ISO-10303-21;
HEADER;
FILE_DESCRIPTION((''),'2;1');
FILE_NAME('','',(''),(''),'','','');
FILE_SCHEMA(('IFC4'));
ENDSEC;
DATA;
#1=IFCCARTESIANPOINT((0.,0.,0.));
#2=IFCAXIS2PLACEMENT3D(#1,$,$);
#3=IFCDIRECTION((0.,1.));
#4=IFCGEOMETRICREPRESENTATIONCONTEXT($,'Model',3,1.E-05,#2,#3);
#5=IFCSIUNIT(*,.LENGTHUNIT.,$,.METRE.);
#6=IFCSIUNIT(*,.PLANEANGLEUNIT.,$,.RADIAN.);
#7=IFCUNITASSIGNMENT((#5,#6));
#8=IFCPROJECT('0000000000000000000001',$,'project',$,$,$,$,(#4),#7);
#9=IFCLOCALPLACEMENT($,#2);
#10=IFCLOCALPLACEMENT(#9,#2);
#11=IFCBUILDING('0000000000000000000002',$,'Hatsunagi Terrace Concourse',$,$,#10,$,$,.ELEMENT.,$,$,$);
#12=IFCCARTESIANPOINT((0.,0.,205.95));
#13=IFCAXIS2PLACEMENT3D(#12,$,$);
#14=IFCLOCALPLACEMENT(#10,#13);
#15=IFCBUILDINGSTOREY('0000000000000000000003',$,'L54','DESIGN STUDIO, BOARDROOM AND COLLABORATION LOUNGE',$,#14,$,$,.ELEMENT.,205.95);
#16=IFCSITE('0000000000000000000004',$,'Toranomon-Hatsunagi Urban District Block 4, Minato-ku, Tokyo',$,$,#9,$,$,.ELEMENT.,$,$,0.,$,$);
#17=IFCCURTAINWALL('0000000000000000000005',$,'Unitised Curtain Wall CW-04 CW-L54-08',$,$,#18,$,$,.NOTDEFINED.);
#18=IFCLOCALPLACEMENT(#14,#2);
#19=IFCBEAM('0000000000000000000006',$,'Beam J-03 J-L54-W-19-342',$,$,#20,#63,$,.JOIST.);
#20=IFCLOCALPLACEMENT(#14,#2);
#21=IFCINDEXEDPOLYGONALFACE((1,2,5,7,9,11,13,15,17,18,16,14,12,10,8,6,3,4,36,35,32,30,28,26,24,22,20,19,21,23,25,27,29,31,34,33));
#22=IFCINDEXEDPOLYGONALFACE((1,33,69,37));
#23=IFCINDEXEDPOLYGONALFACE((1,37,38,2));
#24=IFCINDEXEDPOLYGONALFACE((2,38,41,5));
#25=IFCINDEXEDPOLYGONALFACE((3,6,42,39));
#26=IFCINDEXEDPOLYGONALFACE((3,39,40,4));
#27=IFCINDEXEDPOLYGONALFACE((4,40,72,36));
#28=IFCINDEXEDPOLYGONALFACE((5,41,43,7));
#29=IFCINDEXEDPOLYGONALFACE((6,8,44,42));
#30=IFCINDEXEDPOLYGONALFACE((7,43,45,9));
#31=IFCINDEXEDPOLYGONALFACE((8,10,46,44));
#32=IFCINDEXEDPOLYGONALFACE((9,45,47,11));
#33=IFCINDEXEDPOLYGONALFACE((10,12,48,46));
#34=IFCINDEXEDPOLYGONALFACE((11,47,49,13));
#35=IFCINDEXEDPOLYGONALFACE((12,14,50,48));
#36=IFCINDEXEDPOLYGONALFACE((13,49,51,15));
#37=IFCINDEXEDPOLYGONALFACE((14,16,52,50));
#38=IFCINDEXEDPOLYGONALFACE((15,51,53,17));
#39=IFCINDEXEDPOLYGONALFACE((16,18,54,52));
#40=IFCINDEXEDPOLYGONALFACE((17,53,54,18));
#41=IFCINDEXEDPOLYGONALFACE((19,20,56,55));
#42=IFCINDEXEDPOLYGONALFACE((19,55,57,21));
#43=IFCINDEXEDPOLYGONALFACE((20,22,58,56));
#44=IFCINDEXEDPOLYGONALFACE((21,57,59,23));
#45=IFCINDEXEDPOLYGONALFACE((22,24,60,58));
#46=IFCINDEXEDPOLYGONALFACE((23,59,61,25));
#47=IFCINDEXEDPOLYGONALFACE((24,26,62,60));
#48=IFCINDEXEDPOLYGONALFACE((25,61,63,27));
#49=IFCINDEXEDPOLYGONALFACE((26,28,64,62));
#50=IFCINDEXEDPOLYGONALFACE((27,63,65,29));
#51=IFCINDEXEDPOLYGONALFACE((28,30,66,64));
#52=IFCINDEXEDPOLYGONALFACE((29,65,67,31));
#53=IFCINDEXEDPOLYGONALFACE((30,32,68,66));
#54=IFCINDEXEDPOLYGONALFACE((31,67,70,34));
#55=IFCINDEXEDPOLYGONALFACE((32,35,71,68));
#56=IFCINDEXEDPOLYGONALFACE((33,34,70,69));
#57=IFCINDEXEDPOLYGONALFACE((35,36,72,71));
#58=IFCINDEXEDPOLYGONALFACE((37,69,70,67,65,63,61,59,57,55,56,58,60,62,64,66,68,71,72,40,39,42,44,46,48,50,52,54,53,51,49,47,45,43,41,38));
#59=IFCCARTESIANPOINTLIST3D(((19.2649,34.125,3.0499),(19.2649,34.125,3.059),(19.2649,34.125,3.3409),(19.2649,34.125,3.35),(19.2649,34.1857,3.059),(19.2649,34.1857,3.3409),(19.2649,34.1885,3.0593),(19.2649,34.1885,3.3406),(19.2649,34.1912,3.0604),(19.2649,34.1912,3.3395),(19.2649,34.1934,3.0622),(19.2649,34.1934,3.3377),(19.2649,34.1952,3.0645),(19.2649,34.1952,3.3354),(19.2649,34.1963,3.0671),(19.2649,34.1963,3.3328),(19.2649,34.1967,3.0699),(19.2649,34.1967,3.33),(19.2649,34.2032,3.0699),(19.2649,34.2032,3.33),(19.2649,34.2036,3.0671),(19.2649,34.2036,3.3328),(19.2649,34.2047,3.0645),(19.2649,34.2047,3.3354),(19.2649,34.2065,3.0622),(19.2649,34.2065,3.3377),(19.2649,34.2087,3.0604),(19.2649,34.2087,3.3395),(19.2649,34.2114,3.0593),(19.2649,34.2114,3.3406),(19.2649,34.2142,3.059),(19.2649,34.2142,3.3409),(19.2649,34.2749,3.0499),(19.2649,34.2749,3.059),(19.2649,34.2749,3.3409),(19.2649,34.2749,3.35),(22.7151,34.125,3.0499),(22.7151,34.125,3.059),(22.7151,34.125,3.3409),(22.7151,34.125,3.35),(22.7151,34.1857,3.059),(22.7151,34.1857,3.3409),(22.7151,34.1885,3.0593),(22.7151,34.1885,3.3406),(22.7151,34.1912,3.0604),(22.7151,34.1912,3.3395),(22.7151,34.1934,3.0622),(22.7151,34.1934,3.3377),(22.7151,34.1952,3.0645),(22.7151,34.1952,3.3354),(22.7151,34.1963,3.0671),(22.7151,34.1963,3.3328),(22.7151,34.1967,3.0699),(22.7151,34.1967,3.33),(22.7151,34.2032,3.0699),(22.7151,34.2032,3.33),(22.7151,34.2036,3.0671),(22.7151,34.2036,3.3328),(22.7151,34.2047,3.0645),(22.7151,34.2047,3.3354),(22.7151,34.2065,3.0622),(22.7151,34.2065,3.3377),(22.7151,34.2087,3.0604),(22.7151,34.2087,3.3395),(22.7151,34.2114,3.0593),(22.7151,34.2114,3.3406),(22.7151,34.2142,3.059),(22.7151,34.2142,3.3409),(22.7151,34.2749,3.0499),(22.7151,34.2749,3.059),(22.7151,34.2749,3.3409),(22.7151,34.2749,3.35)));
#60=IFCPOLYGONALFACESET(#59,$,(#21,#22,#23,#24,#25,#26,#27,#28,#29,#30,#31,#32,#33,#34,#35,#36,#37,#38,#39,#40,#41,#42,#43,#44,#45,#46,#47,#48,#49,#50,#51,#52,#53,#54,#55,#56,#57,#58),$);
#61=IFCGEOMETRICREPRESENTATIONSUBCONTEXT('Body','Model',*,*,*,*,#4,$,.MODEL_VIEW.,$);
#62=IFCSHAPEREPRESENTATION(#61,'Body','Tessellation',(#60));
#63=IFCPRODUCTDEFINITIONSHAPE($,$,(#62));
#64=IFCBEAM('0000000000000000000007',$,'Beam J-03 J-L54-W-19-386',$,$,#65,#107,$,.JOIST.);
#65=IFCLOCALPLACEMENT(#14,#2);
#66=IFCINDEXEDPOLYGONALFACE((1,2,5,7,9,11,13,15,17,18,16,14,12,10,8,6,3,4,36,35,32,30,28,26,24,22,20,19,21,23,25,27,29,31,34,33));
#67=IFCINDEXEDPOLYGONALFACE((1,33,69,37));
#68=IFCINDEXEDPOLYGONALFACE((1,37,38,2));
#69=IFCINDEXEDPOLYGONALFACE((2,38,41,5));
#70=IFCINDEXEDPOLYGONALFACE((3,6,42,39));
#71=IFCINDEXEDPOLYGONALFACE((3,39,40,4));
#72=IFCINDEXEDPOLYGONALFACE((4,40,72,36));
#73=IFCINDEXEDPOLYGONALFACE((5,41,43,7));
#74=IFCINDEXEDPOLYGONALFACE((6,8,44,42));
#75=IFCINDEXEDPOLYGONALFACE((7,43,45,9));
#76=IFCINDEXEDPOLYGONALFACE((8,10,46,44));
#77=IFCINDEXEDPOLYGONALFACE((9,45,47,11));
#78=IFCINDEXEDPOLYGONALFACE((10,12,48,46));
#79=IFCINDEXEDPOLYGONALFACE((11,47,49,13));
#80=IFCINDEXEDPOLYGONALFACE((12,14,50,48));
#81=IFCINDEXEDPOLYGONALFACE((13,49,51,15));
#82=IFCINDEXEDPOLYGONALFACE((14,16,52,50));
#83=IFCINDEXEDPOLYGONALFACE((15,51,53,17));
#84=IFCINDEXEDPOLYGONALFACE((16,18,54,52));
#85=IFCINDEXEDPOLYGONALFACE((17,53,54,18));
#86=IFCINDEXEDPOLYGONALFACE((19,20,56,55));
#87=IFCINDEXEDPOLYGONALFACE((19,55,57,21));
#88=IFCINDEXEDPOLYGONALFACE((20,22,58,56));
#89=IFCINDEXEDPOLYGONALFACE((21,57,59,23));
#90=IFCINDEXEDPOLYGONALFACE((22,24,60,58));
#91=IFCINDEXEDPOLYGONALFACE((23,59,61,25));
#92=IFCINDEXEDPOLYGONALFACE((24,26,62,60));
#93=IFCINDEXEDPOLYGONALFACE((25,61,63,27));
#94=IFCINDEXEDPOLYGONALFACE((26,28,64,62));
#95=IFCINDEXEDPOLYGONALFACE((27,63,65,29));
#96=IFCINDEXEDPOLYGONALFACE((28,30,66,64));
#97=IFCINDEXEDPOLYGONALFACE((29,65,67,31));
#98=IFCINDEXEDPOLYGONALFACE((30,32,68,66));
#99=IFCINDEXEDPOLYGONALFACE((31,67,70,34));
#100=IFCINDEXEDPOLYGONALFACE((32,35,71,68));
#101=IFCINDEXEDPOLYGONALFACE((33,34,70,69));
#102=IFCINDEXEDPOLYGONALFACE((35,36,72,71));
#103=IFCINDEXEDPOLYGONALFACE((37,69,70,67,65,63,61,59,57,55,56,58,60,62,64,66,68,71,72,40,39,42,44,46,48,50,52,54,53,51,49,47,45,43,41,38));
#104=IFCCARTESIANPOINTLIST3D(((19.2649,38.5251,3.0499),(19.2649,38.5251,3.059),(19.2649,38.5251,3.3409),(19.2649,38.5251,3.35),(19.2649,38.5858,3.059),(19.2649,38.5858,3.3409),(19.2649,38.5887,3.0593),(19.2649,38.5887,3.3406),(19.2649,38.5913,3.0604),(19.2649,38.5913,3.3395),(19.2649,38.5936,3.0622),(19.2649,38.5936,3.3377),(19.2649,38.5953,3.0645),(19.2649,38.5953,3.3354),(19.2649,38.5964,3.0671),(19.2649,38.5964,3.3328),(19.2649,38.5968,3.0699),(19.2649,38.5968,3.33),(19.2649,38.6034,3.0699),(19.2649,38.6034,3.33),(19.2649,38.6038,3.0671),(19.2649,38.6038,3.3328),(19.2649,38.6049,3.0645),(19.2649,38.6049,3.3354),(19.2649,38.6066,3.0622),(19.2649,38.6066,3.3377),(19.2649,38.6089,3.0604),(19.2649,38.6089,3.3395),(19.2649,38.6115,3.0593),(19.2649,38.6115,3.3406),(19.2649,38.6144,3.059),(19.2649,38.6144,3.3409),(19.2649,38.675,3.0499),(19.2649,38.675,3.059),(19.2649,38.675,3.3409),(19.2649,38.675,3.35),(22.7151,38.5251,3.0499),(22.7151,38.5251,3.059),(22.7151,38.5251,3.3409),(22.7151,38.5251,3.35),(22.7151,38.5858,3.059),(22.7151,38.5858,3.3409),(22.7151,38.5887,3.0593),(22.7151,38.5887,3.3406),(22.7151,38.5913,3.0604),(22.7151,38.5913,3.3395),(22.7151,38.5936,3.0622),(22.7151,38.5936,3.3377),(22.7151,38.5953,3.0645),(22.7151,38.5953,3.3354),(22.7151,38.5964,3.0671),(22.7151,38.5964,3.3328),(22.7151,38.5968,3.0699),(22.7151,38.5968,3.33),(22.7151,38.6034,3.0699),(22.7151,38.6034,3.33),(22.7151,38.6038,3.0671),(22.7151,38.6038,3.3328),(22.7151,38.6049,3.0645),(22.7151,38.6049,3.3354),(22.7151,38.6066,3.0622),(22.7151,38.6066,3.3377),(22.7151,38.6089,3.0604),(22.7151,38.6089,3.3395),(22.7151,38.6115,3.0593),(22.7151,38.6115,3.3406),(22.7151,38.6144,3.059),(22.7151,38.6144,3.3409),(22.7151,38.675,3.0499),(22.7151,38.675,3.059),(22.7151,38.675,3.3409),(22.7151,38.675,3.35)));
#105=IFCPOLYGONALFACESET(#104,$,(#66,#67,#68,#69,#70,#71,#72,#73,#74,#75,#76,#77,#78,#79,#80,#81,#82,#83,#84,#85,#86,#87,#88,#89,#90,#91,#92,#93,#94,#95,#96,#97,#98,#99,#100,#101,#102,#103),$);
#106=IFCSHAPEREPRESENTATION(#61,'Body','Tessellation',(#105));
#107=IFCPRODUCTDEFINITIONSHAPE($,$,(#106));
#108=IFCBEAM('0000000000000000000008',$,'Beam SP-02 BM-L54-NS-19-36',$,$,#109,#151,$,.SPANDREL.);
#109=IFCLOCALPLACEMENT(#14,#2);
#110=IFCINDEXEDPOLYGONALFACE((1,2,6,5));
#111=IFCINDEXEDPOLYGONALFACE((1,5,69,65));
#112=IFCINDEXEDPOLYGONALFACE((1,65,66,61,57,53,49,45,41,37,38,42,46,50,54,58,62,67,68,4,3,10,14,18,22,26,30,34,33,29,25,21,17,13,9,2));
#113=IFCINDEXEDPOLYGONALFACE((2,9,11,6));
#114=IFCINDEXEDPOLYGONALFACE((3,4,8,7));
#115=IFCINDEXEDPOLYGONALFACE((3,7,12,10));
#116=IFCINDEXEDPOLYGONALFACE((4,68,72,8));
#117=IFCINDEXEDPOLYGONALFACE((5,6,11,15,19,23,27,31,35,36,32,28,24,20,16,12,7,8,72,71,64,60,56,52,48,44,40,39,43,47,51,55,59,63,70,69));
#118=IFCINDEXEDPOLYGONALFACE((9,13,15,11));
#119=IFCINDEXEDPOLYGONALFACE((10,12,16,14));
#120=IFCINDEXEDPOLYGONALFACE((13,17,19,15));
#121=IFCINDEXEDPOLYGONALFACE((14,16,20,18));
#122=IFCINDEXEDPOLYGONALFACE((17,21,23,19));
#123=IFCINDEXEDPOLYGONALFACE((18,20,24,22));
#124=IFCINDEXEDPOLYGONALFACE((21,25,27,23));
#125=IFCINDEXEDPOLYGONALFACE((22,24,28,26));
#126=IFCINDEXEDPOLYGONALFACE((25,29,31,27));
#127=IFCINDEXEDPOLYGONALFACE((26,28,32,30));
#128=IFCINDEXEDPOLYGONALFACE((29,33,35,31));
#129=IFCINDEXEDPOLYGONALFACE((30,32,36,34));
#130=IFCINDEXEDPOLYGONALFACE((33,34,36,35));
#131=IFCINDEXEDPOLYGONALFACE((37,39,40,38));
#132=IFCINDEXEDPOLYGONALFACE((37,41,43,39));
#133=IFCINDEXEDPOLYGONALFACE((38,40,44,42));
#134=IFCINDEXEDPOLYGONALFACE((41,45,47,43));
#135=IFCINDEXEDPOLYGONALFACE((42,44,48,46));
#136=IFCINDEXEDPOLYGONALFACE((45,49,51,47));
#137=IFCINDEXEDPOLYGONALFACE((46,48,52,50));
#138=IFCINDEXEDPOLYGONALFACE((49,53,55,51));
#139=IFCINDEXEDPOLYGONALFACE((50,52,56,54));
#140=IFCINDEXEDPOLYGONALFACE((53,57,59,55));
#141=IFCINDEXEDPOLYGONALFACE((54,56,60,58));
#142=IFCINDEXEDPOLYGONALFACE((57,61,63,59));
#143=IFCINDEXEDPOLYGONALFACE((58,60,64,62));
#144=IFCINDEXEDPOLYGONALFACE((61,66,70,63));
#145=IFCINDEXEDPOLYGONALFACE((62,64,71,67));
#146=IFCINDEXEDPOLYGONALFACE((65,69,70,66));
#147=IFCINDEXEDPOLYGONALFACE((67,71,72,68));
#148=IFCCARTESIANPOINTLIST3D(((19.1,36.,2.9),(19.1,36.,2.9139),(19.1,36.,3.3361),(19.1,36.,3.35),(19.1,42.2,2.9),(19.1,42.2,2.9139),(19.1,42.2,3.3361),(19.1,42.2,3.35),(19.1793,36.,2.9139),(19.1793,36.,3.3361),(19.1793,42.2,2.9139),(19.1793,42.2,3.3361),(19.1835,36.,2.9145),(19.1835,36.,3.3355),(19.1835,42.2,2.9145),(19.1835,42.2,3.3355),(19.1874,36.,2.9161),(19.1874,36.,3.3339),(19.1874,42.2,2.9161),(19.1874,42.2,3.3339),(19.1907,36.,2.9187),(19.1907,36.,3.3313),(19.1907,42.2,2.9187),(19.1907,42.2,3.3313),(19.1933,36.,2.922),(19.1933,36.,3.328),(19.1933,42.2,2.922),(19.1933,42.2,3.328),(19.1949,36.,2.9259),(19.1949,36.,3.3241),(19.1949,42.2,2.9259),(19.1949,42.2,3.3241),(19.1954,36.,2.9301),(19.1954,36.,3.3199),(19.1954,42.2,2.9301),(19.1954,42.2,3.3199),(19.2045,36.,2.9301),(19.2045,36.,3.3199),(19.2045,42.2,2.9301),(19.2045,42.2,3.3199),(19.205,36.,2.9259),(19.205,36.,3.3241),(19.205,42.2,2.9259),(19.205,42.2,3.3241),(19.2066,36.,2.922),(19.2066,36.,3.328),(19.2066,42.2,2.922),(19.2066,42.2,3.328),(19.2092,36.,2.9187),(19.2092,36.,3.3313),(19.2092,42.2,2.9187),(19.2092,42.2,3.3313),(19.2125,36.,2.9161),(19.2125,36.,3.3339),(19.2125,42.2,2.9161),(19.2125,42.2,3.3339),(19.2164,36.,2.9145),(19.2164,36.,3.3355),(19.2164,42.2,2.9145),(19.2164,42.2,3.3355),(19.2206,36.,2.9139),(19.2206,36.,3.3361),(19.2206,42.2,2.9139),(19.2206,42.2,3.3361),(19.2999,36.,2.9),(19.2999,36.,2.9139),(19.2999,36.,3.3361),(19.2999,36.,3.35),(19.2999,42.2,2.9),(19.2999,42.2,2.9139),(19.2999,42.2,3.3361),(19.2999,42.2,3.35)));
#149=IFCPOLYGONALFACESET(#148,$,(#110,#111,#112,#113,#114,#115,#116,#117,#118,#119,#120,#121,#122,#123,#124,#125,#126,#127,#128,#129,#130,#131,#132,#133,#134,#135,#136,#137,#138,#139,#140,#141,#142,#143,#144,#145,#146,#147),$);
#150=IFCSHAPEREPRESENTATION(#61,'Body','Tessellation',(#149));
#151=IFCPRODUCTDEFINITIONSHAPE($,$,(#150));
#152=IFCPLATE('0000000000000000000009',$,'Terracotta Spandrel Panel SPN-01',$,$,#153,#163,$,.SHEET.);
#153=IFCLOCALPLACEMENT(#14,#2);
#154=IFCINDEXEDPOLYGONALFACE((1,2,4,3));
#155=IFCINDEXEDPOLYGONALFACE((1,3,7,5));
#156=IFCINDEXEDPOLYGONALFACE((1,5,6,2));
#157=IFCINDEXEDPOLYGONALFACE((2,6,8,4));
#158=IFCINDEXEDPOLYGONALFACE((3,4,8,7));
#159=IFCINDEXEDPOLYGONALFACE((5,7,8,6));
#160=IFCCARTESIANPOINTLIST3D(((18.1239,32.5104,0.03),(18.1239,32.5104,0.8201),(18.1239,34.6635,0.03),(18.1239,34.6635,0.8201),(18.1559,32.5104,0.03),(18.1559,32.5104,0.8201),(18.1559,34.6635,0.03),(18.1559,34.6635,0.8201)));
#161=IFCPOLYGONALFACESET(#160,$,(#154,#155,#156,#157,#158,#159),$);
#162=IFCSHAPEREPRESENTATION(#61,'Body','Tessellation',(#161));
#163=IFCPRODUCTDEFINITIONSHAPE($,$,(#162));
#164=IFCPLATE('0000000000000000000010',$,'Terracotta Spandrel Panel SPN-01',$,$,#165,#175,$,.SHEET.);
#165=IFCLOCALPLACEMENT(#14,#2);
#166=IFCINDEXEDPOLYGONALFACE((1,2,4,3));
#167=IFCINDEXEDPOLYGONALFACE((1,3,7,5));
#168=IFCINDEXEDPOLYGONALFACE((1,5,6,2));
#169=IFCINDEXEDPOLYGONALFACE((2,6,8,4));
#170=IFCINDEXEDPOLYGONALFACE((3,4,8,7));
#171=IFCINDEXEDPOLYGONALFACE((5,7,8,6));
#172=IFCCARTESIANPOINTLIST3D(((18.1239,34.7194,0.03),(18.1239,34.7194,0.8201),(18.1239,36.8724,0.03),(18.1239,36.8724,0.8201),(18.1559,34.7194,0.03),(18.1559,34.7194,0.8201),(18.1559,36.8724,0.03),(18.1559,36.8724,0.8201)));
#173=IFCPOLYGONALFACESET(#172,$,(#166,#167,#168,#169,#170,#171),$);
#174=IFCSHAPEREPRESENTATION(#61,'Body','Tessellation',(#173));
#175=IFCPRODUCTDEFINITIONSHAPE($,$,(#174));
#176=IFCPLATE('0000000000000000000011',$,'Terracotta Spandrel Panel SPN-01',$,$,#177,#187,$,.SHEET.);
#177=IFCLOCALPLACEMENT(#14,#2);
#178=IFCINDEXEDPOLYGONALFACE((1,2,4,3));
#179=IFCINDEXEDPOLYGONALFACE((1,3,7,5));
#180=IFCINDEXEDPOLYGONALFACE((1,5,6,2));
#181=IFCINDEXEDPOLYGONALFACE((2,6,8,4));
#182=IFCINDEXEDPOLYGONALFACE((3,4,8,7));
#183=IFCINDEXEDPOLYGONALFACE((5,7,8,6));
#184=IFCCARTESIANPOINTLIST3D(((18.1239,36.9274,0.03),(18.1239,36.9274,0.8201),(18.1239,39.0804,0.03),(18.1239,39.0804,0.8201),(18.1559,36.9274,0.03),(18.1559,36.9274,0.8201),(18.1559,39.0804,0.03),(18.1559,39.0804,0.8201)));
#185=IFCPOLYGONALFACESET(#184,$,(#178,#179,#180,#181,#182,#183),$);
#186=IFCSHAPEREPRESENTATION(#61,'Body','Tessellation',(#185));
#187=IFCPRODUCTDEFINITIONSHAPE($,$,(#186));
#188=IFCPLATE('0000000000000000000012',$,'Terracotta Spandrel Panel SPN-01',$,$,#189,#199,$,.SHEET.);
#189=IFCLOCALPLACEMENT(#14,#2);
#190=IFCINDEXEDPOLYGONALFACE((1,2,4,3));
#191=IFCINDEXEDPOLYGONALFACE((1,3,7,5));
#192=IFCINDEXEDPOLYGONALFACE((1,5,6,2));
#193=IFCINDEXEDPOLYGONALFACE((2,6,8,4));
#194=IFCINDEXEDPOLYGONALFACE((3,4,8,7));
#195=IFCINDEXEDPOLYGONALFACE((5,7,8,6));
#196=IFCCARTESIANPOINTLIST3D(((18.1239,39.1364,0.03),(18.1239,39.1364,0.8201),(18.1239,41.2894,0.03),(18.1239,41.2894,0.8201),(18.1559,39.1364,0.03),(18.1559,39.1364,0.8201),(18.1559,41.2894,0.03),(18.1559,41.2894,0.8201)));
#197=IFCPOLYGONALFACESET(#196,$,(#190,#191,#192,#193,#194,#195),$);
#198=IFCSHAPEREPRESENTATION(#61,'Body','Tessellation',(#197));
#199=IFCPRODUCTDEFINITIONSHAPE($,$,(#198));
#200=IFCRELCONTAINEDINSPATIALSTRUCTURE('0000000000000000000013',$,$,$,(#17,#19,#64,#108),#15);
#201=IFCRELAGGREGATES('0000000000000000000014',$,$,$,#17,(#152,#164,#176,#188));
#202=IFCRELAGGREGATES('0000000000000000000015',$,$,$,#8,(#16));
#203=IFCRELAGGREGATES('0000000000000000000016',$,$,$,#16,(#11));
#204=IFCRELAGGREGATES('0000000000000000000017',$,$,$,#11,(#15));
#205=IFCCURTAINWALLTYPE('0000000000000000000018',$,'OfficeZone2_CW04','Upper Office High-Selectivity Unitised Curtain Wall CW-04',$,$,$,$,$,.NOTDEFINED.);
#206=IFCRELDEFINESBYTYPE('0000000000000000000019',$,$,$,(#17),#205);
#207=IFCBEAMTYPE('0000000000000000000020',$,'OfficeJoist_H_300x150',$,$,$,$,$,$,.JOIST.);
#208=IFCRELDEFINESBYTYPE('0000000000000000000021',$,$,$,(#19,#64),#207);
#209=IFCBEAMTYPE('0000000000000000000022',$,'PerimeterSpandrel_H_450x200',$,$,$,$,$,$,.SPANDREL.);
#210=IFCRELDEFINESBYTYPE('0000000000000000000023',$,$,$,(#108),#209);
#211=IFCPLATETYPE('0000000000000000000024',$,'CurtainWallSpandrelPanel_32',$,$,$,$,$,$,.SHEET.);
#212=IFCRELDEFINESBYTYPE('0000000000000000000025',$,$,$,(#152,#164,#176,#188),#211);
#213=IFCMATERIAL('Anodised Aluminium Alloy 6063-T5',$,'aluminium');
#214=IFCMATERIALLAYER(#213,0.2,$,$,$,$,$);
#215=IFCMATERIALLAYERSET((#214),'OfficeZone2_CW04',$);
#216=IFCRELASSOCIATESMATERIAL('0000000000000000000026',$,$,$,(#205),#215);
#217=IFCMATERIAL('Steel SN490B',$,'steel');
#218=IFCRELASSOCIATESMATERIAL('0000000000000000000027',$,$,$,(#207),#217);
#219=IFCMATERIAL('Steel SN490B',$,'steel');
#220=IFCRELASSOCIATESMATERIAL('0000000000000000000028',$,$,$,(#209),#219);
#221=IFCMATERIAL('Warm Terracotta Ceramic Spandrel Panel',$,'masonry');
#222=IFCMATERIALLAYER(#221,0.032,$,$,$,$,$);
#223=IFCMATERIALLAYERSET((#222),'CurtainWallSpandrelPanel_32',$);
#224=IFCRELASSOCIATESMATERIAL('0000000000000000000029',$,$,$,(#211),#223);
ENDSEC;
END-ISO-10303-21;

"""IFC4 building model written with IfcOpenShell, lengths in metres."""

from ifc_helpers import new_model, si_unit, direction, frame, origin, origin_2d, place, context, subcontext, project, spatial, rectangle, i_section, extrude, material, layer, layer_set, material_profile, profile_set, type_object, element, aggregate, save


model = new_model("IFC4")

# Units and contexts
model_context = context("Model", 3, precision=1e-05, world=origin(), true_north=direction((0.0, 1.0)))
body_context = subcontext(model_context, "Body", "Model", "MODEL_VIEW")
ifc_project = project(units=[si_unit("LENGTHUNIT", "METRE"), si_unit("PLANEANGLEUNIT", "RADIAN")], contexts=[model_context])

# Site, building, storey
site_placement = place(None, origin())
site = spatial("IfcSite", under=ifc_project, at=site_placement, Name="Toranomon-Hatsunagi Urban District Block 4, Minato-ku, Tokyo", CompositionType="ELEMENT", RefElevation=0.0)
building_placement = place(site_placement, origin())
building = spatial("IfcBuilding", under=site, at=building_placement, Name="Hatsunagi Terrace Concourse", CompositionType="ELEMENT")
storey_placement = place(building_placement, frame((0.0, 0.0, 205.95)))
storey = spatial("IfcBuildingStorey", under=building, at=storey_placement, Name="L54", Description="DESIGN STUDIO, BOARDROOM AND COLLABORATION LOUNGE", CompositionType="ELEMENT", Elevation=205.95)

# Curtain wall
ifc_material_1 = material(Name="Anodised Aluminium Alloy 6063-T5", Category="aluminium")
ifc_layer_1 = layer(ifc_material_1, 0.2)
ifc_layer_set_1 = layer_set([ifc_layer_1], Name="OfficeZone2_CW04")
curtain_wall_type = type_object("IfcCurtainWallType", Name="OfficeZone2_CW04", Description="Upper Office High-Selectivity Unitised Curtain Wall CW-04", PredefinedType="NOTDEFINED", material=ifc_layer_set_1)
curtain_wall_placement = place(storey_placement, origin())
curtain_wall = element("IfcCurtainWall", 1, at=curtain_wall_placement, inside=storey, type_object=curtain_wall_type, Name="Unitised Curtain Wall CW-04 CW-L54-08", PredefinedType="NOTDEFINED")

# Beams
ifc_material_2 = material(Name="Steel SN490B", Category="steel")
ifc_material_profile_1 = material_profile(ifc_material_2, i_section(OverallWidth=0.1499, OverallDepth=0.3, WebThickness=0.0066, FlangeThickness=0.009, FilletRadius=0.011, at=origin_2d()), Name="H-300x150x6.5x9")
ifc_profile_set_1 = profile_set([ifc_material_profile_1], Name="Steel SN490B")
beam_type_1 = type_object("IfcBeamType", Name="OfficeJoist_H_300x150", PredefinedType="JOIST", material=ifc_profile_set_1)
for number, where, z_axis, x_axis, name in (
    (2, (19.2649, 34.2, 3.2), (1.0, 0.0, 0.0), (0.0, 1.0, 0.0), "Beam J-03 J-L54-W-19-342"),
    (3, (19.2649, 38.6001, 3.2), (1.0, 0.0, 0.0), (0.0, 1.0, 0.0), "Beam J-03 J-L54-W-19-386"),
):
    element("IfcBeam", number, at=place(storey_placement, frame(where, z_axis=z_axis, x_axis=x_axis)), inside=storey, type_object=beam_type_1, Name=name, PredefinedType="JOIST", context=body_context, shape_type="SweptSolid", body=[
        extrude(i_section(OverallWidth=0.1499, OverallDepth=0.3, WebThickness=0.0066, FlangeThickness=0.009, FilletRadius=0.011, at=origin_2d()), origin(), (0.0, 0.0, 1.0), 3.4502),
    ])
ifc_material_3 = material(Name="Steel SN490B", Category="steel")
ifc_material_profile_2 = material_profile(ifc_material_3, i_section(OverallWidth=0.2, OverallDepth=0.45, WebThickness=0.009, FlangeThickness=0.0139, FilletRadius=0.0161, at=origin_2d()), Name="H-450x200x9x14")
ifc_profile_set_2 = profile_set([ifc_material_profile_2], Name="Steel SN490B")
beam_type_2 = type_object("IfcBeamType", Name="PerimeterSpandrel_H_450x200", PredefinedType="SPANDREL", material=ifc_profile_set_2)
beam_1_placement = place(storey_placement, frame((19.2, 36.0, 3.125), z_axis=(0.0, 1.0, 0.0), x_axis=(-1.0, 0.0, 0.0)))
element("IfcBeam", 4, at=beam_1_placement, inside=storey, type_object=beam_type_2, Name="Beam SP-02 BM-L54-NS-19-36", PredefinedType="SPANDREL", context=body_context, shape_type="SweptSolid", body=[
    extrude(i_section(OverallWidth=0.2, OverallDepth=0.45, WebThickness=0.009, FlangeThickness=0.0139, FilletRadius=0.0161, at=origin_2d()), origin(), (0.0, 0.0, 1.0), 6.2),
])

# Plates
ifc_material_4 = material(Name="Warm Terracotta Ceramic Spandrel Panel", Category="masonry")
ifc_layer_2 = layer(ifc_material_4, 0.032)
ifc_layer_set_2 = layer_set([ifc_layer_2], Name="CurtainWallSpandrelPanel_32")
plate_type_1 = type_object("IfcPlateType", Name="CurtainWallSpandrelPanel_32", PredefinedType="SHEET", material=ifc_layer_set_2)
plate_1_placement = place(storey_placement, frame((18.1399, 33.5869, 0.03), z_axis=(0.0, 0.0, 1.0), x_axis=(0.0, 1.0, 0.0)))
plate_1 = element("IfcPlate", 5, at=plate_1_placement, type_object=plate_type_1, Name="Terracotta Spandrel Panel SPN-01", PredefinedType="SHEET", context=body_context, shape_type="SweptSolid", body=[
    extrude(rectangle(XDim=2.1531, YDim=0.032, at=origin_2d()), origin(), (0.0, 0.0, 1.0), 0.79),
])
plate_2_placement = place(storey_placement, frame((18.1399, 35.7959, 0.03), z_axis=(0.0, 0.0, 1.0), x_axis=(0.0, 1.0, 0.0)))
plate_2 = element("IfcPlate", 6, at=plate_2_placement, type_object=plate_type_1, Name="Terracotta Spandrel Panel SPN-01", PredefinedType="SHEET", context=body_context, shape_type="SweptSolid", body=[
    extrude(rectangle(XDim=2.1531, YDim=0.032, at=origin_2d()), origin(), (0.0, 0.0, 1.0), 0.79),
])
plate_3_placement = place(storey_placement, frame((18.1399, 38.0039, 0.03), z_axis=(0.0, 0.0, 1.0), x_axis=(0.0, 1.0, 0.0)))
plate_3 = element("IfcPlate", 7, at=plate_3_placement, type_object=plate_type_1, Name="Terracotta Spandrel Panel SPN-01", PredefinedType="SHEET", context=body_context, shape_type="SweptSolid", body=[
    extrude(rectangle(XDim=2.1531, YDim=0.032, at=origin_2d()), origin(), (0.0, 0.0, 1.0), 0.79),
])
plate_4_placement = place(storey_placement, frame((18.1399, 40.2129, 0.03), z_axis=(0.0, 0.0, 1.0), x_axis=(0.0, 1.0, 0.0)))
plate_4 = element("IfcPlate", 8, at=plate_4_placement, type_object=plate_type_1, Name="Terracotta Spandrel Panel SPN-01", PredefinedType="SHEET", context=body_context, shape_type="SweptSolid", body=[
    extrude(rectangle(XDim=2.1531, YDim=0.032, at=origin_2d()), origin(), (0.0, 0.0, 1.0), 0.79),
])
aggregate(curtain_wall, [plate_1, plate_2, plate_3, plate_4])

save(model, "model.ifc")
